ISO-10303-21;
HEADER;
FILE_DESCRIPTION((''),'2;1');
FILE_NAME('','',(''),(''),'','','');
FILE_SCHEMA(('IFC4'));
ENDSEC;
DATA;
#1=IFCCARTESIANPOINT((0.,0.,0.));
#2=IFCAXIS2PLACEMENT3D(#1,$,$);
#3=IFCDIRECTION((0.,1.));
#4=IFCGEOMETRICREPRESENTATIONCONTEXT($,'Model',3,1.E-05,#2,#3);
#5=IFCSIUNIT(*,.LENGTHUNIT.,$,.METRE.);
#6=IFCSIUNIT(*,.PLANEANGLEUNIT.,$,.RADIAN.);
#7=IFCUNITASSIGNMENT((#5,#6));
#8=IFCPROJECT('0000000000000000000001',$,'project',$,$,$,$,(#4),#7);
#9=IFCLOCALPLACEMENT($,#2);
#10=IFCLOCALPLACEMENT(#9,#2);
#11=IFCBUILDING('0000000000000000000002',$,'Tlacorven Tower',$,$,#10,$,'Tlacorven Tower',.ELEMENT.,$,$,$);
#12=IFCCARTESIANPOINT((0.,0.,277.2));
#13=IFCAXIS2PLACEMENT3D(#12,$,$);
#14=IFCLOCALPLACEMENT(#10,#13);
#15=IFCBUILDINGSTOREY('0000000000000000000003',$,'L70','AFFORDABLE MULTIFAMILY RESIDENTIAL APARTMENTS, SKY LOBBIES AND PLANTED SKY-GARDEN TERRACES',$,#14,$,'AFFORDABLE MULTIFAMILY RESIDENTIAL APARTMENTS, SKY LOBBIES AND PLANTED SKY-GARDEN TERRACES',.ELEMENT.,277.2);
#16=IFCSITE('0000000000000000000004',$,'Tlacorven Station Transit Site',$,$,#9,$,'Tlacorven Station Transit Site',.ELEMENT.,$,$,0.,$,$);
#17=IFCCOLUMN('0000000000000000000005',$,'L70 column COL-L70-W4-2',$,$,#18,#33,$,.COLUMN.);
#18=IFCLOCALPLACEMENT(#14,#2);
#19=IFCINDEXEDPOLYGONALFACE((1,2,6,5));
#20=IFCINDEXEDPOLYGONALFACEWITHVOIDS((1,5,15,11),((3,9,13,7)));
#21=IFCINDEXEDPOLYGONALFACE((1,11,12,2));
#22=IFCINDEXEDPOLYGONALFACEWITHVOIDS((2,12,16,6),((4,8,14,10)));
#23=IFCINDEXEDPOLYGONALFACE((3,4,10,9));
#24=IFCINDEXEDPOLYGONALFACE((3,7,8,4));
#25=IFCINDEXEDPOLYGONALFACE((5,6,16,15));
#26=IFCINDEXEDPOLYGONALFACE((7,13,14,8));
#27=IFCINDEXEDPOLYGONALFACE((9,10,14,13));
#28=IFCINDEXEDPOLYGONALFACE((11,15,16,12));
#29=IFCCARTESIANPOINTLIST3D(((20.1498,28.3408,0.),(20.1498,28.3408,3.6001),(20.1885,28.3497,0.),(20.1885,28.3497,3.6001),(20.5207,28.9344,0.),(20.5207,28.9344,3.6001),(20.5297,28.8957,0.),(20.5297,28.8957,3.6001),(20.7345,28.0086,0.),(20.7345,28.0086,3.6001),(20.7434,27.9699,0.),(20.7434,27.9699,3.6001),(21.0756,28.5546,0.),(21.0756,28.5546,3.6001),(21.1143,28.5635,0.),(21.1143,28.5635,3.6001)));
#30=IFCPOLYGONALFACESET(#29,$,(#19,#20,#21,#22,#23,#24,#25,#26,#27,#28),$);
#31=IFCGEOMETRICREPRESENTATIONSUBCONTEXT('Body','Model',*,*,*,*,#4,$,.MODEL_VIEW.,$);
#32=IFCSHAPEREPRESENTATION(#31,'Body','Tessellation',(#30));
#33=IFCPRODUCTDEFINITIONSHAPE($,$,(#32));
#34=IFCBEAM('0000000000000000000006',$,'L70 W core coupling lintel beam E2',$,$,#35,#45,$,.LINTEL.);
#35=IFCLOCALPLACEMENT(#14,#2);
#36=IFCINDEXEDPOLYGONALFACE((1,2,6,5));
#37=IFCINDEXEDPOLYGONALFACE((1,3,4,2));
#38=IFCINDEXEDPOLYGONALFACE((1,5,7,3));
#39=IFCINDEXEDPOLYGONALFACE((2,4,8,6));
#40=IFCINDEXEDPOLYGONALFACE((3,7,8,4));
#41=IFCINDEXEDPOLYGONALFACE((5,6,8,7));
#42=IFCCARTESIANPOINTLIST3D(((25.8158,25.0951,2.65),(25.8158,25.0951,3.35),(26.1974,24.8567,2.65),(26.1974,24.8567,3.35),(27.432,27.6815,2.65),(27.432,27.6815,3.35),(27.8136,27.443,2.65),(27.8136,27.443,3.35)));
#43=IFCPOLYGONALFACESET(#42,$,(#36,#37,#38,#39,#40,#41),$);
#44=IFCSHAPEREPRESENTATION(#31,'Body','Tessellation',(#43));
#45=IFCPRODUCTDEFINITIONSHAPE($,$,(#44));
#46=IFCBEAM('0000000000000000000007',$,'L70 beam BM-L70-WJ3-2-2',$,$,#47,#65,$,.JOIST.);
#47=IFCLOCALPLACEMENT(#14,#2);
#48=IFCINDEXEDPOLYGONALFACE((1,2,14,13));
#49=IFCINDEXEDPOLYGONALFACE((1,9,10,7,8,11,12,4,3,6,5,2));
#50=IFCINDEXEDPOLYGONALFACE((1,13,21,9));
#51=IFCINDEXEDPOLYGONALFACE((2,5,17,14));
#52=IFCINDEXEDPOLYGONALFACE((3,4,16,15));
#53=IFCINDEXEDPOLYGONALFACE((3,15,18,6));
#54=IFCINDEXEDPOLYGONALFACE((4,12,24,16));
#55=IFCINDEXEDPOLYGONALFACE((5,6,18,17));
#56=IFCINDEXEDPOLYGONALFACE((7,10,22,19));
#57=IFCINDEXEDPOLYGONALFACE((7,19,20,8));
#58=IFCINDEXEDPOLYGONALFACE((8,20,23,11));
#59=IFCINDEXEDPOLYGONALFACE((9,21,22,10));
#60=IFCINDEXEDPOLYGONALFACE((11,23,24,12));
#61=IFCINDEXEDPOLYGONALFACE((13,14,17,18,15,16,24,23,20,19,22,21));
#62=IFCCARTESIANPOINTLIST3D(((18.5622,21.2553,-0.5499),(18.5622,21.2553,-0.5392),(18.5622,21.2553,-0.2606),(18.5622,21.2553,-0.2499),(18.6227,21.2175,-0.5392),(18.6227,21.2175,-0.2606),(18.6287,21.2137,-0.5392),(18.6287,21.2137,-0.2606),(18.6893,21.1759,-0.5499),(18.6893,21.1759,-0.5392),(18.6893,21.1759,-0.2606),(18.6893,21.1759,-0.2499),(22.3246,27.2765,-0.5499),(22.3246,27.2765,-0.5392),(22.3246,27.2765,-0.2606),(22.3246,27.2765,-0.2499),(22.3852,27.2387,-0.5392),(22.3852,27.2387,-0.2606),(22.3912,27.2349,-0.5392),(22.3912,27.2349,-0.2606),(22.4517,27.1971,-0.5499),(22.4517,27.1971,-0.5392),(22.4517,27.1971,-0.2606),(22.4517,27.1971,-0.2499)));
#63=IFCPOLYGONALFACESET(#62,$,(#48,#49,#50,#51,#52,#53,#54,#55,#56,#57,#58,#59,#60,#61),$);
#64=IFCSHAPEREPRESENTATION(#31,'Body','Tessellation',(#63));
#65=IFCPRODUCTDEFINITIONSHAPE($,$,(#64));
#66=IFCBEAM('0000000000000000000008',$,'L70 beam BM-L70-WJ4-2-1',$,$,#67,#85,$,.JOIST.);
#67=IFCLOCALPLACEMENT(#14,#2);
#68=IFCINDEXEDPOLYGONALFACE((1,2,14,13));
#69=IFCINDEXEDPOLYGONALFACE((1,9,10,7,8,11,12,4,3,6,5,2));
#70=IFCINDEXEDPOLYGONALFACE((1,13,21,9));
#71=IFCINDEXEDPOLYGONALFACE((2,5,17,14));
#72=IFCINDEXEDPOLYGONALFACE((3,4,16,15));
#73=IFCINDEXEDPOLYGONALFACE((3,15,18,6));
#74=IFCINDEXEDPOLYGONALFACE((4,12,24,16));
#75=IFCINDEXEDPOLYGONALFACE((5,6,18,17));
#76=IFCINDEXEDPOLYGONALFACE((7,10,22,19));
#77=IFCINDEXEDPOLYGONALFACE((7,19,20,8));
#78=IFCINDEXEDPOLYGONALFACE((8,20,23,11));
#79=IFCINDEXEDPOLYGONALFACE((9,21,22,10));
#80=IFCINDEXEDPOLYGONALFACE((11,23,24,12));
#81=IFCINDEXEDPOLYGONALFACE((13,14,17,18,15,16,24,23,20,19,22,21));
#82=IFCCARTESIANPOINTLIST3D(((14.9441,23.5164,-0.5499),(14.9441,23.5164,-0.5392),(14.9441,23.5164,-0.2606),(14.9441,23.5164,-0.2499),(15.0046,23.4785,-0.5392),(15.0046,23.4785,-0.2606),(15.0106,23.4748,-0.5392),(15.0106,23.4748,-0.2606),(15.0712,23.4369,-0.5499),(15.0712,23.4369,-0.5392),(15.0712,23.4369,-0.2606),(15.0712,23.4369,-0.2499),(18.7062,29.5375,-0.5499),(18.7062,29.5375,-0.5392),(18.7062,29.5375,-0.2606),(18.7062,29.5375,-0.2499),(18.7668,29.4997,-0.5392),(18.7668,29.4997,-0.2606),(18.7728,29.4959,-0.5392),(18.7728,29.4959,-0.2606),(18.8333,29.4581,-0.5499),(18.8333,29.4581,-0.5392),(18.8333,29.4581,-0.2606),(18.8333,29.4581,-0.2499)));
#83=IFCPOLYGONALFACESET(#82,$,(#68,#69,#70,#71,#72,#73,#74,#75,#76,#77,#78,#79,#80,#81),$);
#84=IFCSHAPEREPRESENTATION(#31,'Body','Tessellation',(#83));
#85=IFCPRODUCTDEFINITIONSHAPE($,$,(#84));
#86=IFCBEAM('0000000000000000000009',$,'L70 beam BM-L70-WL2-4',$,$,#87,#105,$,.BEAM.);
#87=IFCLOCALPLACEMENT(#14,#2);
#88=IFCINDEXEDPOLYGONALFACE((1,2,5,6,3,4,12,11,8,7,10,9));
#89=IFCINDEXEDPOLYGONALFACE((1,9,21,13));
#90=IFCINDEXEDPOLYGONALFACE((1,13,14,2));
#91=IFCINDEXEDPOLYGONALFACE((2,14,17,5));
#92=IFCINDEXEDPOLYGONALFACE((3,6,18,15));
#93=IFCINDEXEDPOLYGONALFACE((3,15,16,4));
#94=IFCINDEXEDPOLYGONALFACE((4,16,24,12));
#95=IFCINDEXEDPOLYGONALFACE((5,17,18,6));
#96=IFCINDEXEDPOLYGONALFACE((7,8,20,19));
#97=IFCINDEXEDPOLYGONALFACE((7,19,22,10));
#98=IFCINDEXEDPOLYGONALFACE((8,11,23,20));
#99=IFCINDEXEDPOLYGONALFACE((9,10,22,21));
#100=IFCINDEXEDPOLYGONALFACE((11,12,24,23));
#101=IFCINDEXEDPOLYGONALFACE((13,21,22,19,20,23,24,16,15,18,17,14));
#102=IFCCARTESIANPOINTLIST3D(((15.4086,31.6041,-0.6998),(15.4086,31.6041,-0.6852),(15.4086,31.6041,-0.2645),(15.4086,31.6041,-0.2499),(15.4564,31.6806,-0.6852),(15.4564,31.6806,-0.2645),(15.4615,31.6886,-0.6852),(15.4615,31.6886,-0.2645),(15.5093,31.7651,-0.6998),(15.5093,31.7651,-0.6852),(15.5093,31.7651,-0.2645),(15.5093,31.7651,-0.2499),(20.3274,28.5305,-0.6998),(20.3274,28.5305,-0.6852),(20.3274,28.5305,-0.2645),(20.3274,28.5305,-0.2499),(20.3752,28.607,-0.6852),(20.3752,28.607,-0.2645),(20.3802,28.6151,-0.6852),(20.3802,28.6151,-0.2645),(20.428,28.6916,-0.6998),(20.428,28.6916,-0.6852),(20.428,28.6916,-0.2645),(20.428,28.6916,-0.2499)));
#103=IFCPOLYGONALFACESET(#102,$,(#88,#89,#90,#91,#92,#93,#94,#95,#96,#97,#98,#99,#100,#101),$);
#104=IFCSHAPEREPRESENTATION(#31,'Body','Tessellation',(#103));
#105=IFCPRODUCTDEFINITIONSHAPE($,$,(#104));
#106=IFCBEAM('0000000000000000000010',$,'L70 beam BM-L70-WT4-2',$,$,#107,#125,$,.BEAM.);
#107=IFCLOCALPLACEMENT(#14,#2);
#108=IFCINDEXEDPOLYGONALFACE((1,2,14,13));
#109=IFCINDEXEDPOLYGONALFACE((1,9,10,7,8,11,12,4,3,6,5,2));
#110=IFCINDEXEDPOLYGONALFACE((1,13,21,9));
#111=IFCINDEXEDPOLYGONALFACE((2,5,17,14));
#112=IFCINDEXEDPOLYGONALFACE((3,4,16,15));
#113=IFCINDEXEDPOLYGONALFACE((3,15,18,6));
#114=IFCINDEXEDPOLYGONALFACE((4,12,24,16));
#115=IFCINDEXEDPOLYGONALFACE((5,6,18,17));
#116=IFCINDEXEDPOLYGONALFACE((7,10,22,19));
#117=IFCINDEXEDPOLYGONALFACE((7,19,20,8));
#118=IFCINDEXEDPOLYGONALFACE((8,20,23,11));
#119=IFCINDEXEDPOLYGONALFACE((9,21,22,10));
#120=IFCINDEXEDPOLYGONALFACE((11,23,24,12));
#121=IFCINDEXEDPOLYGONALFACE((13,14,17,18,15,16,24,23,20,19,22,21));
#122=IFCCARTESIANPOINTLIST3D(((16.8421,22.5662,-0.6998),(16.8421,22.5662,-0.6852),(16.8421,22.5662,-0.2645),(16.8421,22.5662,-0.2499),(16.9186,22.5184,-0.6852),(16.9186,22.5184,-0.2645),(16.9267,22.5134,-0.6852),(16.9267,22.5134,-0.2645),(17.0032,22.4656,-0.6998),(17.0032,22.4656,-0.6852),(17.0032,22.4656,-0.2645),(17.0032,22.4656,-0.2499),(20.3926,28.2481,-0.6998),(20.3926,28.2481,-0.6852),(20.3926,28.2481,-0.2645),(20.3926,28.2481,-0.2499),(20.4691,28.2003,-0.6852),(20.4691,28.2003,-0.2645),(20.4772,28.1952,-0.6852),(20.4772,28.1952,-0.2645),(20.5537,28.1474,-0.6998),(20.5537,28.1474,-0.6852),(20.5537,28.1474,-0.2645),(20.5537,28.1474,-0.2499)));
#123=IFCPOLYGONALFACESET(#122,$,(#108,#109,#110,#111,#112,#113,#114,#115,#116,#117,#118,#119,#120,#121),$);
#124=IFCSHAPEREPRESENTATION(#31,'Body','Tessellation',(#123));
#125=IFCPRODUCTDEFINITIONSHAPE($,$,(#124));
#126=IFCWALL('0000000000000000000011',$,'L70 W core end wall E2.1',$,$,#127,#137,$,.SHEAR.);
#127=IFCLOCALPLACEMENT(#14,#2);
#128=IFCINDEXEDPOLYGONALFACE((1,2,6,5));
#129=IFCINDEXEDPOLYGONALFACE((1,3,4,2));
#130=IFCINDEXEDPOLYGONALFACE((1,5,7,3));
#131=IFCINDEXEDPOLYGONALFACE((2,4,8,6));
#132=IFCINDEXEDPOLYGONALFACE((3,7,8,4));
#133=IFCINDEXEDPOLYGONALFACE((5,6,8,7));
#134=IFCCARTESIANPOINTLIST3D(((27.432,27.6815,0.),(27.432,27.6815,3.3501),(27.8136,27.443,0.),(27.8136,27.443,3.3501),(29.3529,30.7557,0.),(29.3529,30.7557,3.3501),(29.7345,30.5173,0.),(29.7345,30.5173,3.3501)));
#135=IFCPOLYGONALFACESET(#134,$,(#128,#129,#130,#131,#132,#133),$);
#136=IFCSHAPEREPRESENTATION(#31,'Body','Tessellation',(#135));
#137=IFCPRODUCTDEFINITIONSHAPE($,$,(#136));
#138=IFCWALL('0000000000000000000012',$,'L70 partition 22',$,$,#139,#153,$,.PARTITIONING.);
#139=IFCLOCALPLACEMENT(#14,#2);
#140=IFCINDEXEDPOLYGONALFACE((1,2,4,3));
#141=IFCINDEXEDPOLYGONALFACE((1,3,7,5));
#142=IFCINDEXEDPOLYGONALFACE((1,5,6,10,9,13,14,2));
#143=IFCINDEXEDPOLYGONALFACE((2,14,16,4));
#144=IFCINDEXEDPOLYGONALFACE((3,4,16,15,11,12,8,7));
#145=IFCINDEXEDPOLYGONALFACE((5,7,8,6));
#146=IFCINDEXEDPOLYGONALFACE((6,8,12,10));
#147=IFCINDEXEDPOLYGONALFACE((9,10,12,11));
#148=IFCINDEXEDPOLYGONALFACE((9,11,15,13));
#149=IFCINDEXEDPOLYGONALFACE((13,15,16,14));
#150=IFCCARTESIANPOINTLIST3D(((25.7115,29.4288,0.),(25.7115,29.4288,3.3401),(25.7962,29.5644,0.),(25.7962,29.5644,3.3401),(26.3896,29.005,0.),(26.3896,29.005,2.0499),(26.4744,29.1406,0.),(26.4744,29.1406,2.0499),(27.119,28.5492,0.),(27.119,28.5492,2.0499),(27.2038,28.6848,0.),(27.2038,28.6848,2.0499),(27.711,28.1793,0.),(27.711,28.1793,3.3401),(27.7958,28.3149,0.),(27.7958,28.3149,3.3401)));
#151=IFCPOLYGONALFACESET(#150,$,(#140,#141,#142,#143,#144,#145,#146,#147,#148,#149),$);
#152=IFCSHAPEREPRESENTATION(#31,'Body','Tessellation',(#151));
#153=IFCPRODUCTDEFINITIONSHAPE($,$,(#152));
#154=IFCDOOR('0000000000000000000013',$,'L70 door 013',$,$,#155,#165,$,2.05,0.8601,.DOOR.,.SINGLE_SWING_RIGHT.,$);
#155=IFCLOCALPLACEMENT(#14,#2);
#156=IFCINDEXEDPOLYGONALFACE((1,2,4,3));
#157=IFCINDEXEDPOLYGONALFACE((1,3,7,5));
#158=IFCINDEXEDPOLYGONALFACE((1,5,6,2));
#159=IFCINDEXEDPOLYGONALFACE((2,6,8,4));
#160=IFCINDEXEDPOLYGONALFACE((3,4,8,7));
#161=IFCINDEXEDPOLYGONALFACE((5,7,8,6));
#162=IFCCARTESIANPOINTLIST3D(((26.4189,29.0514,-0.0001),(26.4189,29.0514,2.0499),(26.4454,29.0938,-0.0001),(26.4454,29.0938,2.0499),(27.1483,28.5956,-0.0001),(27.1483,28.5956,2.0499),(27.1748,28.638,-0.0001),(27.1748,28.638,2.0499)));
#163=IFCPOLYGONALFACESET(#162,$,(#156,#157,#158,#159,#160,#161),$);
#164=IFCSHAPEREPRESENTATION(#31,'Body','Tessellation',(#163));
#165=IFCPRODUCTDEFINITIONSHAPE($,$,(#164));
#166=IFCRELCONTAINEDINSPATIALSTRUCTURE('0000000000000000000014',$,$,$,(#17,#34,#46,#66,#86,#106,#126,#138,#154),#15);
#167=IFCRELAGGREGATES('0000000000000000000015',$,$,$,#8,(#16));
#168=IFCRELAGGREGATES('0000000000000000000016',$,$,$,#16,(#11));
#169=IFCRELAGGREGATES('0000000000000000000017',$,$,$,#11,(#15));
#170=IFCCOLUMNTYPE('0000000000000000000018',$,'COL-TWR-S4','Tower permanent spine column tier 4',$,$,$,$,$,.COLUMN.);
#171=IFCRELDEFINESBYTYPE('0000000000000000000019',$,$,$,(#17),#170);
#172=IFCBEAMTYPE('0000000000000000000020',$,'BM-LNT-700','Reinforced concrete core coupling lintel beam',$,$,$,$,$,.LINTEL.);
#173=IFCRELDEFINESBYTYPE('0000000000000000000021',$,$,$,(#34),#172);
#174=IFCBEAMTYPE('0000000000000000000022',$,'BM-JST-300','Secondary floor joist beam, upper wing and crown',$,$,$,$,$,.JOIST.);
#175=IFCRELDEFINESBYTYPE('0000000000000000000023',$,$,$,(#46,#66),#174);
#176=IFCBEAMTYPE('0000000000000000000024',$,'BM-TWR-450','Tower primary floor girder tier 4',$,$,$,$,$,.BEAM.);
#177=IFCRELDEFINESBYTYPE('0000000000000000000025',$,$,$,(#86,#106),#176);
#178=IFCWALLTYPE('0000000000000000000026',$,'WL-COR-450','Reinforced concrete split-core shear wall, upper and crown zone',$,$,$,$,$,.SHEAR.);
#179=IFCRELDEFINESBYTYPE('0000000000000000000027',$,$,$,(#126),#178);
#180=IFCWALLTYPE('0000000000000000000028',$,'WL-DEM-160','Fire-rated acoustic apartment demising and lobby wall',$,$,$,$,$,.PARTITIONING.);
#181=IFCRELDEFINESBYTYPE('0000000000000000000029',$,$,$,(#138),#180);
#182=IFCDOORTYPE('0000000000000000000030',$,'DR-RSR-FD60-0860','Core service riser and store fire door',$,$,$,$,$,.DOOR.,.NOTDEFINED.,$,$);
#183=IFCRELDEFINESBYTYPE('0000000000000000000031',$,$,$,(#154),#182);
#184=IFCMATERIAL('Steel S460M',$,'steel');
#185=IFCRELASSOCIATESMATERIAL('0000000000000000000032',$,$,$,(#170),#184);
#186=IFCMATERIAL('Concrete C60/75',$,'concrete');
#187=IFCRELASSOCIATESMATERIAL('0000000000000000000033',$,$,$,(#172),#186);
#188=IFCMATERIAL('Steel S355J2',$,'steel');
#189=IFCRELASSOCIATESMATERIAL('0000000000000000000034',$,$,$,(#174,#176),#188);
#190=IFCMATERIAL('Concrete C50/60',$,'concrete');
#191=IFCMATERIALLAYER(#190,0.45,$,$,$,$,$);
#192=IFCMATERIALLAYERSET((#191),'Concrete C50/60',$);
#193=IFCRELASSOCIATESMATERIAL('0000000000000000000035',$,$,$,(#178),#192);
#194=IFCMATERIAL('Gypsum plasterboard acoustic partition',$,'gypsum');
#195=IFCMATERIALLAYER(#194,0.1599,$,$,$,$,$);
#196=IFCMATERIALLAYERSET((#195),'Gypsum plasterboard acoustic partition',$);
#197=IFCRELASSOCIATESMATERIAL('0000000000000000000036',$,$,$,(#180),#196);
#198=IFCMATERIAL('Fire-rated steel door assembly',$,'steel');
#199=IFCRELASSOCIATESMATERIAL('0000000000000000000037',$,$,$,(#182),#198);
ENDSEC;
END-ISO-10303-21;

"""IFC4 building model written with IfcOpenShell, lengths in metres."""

from ifc_helpers import new_model, si_unit, direction, frame, frame_2d, origin, origin_2d, place, context, subcontext, project, spatial, rectangle, hollow_rectangle, i_section, extrude, source, transform, mapped, material, layer, layer_set, material_profile, profile_set, type_object, element, fill, save


model = new_model("IFC4")

# Units and contexts
model_context = context("Model", 3, precision=1e-05, world=origin(), true_north=direction((0.0, 1.0)))
body_context = subcontext(model_context, "Body", "Model", "MODEL_VIEW")
ifc_project = project(units=[si_unit("LENGTHUNIT", "METRE"), si_unit("PLANEANGLEUNIT", "RADIAN")], contexts=[model_context])

# Site, building, storey
site_placement = place(None, origin())
site = spatial("IfcSite", under=ifc_project, at=site_placement, Name="Tlacorven Station Transit Site", LongName="Tlacorven Station Transit Site", CompositionType="ELEMENT", RefElevation=0.0)
building_placement = place(site_placement, origin())
building = spatial("IfcBuilding", under=site, at=building_placement, Name="Tlacorven Tower", LongName="Tlacorven Tower", CompositionType="ELEMENT")
storey_placement = place(building_placement, frame((0.0, 0.0, 277.2)))
storey = spatial("IfcBuildingStorey", under=building, at=storey_placement, Name="L70", Description="AFFORDABLE MULTIFAMILY RESIDENTIAL APARTMENTS, SKY LOBBIES AND PLANTED SKY-GARDEN TERRACES", LongName="AFFORDABLE MULTIFAMILY RESIDENTIAL APARTMENTS, SKY LOBBIES AND PLANTED SKY-GARDEN TERRACES", CompositionType="ELEMENT", Elevation=277.2)

# Column
ifc_material_1 = material(Name="Steel S460M", Category="steel")
ifc_material_profile_1 = material_profile(ifc_material_1, hollow_rectangle(XDim=0.7, YDim=0.7, WallThickness=0.0281, at=origin_2d()), Name="BOX 700X700X28")
ifc_profile_set_1 = profile_set([ifc_material_profile_1], Name="Steel S460M")
column_type = type_object("IfcColumnType", Name="COL-TWR-S4", Description="Tower permanent spine column tier 4", PredefinedType="COLUMN", material=ifc_profile_set_1)
shared_shape_1 = source(origin(), body_context, "Body", "SweptSolid", [
    extrude(hollow_rectangle(XDim=0.7, YDim=0.7, WallThickness=0.0281, at=origin_2d()), origin(), (0.0, 0.0, 1.0), 3.6001),
])
column_placement = place(storey_placement, frame((20.6321, 28.4521, 0.0), z_axis=(0.0, 0.0, 1.0), x_axis=(-0.848048, 0.529919, 0.0)))
element("IfcColumn", 1, at=column_placement, inside=storey, type_object=column_type, Name="L70 column COL-L70-W4-2", PredefinedType="COLUMN", context=body_context, shape_type="MappedRepresentation", body=[
    mapped(shared_shape_1, transform((0.0, 0.0, 0.0), scale=1.0)),
])

# Beams
ifc_material_2 = material(Name="Concrete C60/75", Category="concrete")
ifc_material_profile_2 = material_profile(ifc_material_2, rectangle(XDim=0.45, YDim=0.7, at=origin_2d()), Name="RC 450X700")
ifc_profile_set_2 = profile_set([ifc_material_profile_2], Name="Concrete C60/75")
beam_type_1 = type_object("IfcBeamType", Name="BM-LNT-700", Description="Reinforced concrete core coupling lintel beam", PredefinedType="LINTEL", material=ifc_profile_set_2)
shared_shape_2 = source(origin(), body_context, "Body", "SweptSolid", [
    extrude(rectangle(XDim=0.45, YDim=0.7, at=origin_2d()), origin(), (0.0, 0.0, 1.0), 3.0498),
])
beam_1_placement = place(storey_placement, frame((27.6228, 27.5623, 3.0), z_axis=(-0.529927, -0.848043, 0.0), x_axis=(0.848043, -0.529927, 0.0)))
element("IfcBeam", 2, at=beam_1_placement, inside=storey, type_object=beam_type_1, Name="L70 W core coupling lintel beam E2", PredefinedType="LINTEL", context=body_context, shape_type="MappedRepresentation", body=[
    mapped(shared_shape_2, transform((0.0, 0.0, 0.0), scale=1.0)),
])
ifc_material_3 = material(Name="Steel S355J2", Category="steel")
ifc_material_profile_3 = material_profile(ifc_material_3, i_section(OverallWidth=0.1499, OverallDepth=0.3, WebThickness=0.0071, FlangeThickness=0.0107, at=origin_2d()), Name="IPE 300")
ifc_profile_set_3 = profile_set([ifc_material_profile_3], Name="Steel S355J2")
beam_type_2 = type_object("IfcBeamType", Name="BM-JST-300", Description="Secondary floor joist beam, upper wing and crown", PredefinedType="JOIST", material=ifc_profile_set_3)
shared_shape_3 = source(origin(), body_context, "Body", "SweptSolid", [
    extrude(i_section(OverallWidth=0.1499, OverallDepth=0.3, WebThickness=0.0071, FlangeThickness=0.0107, at=origin_2d()), origin(), (0.0, 0.0, 1.0), 7.1001),
])
beam_2_placement = place(storey_placement, frame((22.3882, 27.2368, -0.3999), z_axis=(-0.529915, -0.84805, 0.0), x_axis=(0.84805, -0.529915, 0.0)))
element("IfcBeam", 3, at=beam_2_placement, inside=storey, type_object=beam_type_2, Name="L70 beam BM-L70-WJ3-2-2", PredefinedType="JOIST", context=body_context, shape_type="MappedRepresentation", body=[
    mapped(shared_shape_3, transform((0.0, 0.0, 0.0), scale=1.0)),
])
shared_shape_4 = source(origin(), body_context, "Body", "SweptSolid", [
    extrude(i_section(OverallWidth=0.1499, OverallDepth=0.3, WebThickness=0.0071, FlangeThickness=0.0107, at=origin_2d()), origin(), (0.0, 0.0, 1.0), 7.0999),
])
beam_3_placement = place(storey_placement, frame((18.7698, 29.4978, -0.3999), z_axis=(-0.529891, -0.848066, 0.0), x_axis=(0.848066, -0.529891, 0.0)))
element("IfcBeam", 4, at=beam_3_placement, inside=storey, type_object=beam_type_2, Name="L70 beam BM-L70-WJ4-2-1", PredefinedType="JOIST", context=body_context, shape_type="MappedRepresentation", body=[
    mapped(shared_shape_4, transform((0.0, 0.0, 0.0), scale=1.0)),
])
ifc_material_profile_4 = material_profile(ifc_material_3, i_section(OverallWidth=0.1899, OverallDepth=0.45, WebThickness=0.0095, FlangeThickness=0.0146, at=origin_2d()), Name="IPE 450")
ifc_profile_set_4 = profile_set([ifc_material_profile_4], Name="Steel S355J2")
beam_type_3 = type_object("IfcBeamType", Name="BM-TWR-450", Description="Tower primary floor girder tier 4", PredefinedType="BEAM", material=ifc_profile_set_4)
shared_shape_5 = source(origin(), body_context, "Body", "SweptSolid", [
    extrude(i_section(OverallWidth=0.1899, OverallDepth=0.45, WebThickness=0.0095, FlangeThickness=0.0146, at=origin_2d()), origin(), (0.0, 0.0, 1.0), 5.8),
])
beam_4_placement = place(storey_placement, frame((20.3777, 28.6111, -0.4749), z_axis=(-0.848053, 0.529912, 0.0), x_axis=(-0.529912, -0.848053, 0.0)))
element("IfcBeam", 5, at=beam_4_placement, inside=storey, type_object=beam_type_3, Name="L70 beam BM-L70-WL2-4", PredefinedType="BEAM", context=body_context, shape_type="MappedRepresentation", body=[
    mapped(shared_shape_5, transform((0.0, 0.0, 0.0), scale=1.0)),
])
shared_shape_6 = source(origin(), body_context, "Body", "SweptSolid", [
    extrude(i_section(OverallWidth=0.1899, OverallDepth=0.45, WebThickness=0.0095, FlangeThickness=0.0146, at=origin_2d()), origin(), (0.0, 0.0, 1.0), 6.7),
])
beam_5_placement = place(storey_placement, frame((20.4731, 28.1978, -0.4749), z_axis=(-0.52993, -0.848041, 0.0), x_axis=(0.848041, -0.52993, 0.0)))
element("IfcBeam", 6, at=beam_5_placement, inside=storey, type_object=beam_type_3, Name="L70 beam BM-L70-WT4-2", PredefinedType="BEAM", context=body_context, shape_type="MappedRepresentation", body=[
    mapped(shared_shape_6, transform((0.0, 0.0, 0.0), scale=1.0)),
])

# Wall
ifc_material_4 = material(Name="Concrete C50/60", Category="concrete")
ifc_layer_1 = layer(ifc_material_4, 0.45)
ifc_layer_set_1 = layer_set([ifc_layer_1], Name="Concrete C50/60")
wall_type_1 = type_object("IfcWallType", Name="WL-COR-450", Description="Reinforced concrete split-core shear wall, upper and crown zone", PredefinedType="SHEAR", material=ifc_layer_set_1)
wall_1_placement = place(storey_placement, frame((29.5437, 30.6365, 0.0), z_axis=(0.0, 0.0, 1.0), x_axis=(-0.529902, -0.848059, 0.0)))
element("IfcWall", 7, at=wall_1_placement, inside=storey, type_object=wall_type_1, Name="L70 W core end wall E2.1", PredefinedType="SHEAR", context=body_context, shape_type="SweptSolid", body=[
    extrude(rectangle(XDim=3.625, YDim=0.45, at=frame_2d((1.8125, 0.0))), origin(), (0.0, 0.0, 1.0), 3.3501),
])

# Wall, opening, door
ifc_material_5 = material(Name="Gypsum plasterboard acoustic partition", Category="gypsum")
ifc_layer_2 = layer(ifc_material_5, 0.1599)
ifc_layer_set_2 = layer_set([ifc_layer_2], Name="Gypsum plasterboard acoustic partition")
wall_type_2 = type_object("IfcWallType", Name="WL-DEM-160", Description="Fire-rated acoustic apartment demising and lobby wall", PredefinedType="PARTITIONING", material=ifc_layer_set_2)
wall_2_placement = place(storey_placement, frame((27.7534, 28.2471, 0.0), z_axis=(0.0, 0.0, 1.0), x_axis=(-0.848033, 0.529943, 0.0)))
wall_2 = element("IfcWall", 8, at=wall_2_placement, inside=storey, type_object=wall_type_2, Name="L70 partition 22", PredefinedType="PARTITIONING", context=body_context, shape_type="SweptSolid", body=[
    extrude(rectangle(XDim=2.3579, YDim=0.1599, at=frame_2d((1.179, 0.0))), origin(), (0.0, 0.0, 1.0), 3.3401),
])
opening_1_placement = place(wall_2_placement, frame((0.698, 0.0, 0.0)))
opening_1 = element("IfcOpeningElement", 9, at=opening_1_placement, cuts=wall_2, PredefinedType="OPENING", context=body_context, shape_type="SweptSolid", body=[
    extrude(rectangle(XDim=0.8601, YDim=2.05, at=frame_2d((0.4302, 1.0249))), frame((0.0, 0.0898, 0.0), z_axis=(0.0, -1.0, 0.0), x_axis=(1.0, 0.0, 0.0)), (0.0, 0.0, 1.0), 0.1799),
])
ifc_material_6 = material(Name="Fire-rated steel door assembly", Category="steel")
door_type_1 = type_object("IfcDoorType", Name="DR-RSR-FD60-0860", Description="Core service riser and store fire door", OperationType="NOTDEFINED", PredefinedType="DOOR", material=ifc_material_6)
shared_shape_7 = source(origin(), body_context, "Body", "SweptSolid", [
    extrude(rectangle(XDim=0.8601, YDim=2.05, at=frame_2d((0.4302, 1.0249))), frame((0.0, 0.0249, 0.0), z_axis=(0.0, -1.0, 0.0), x_axis=(1.0, 0.0, 0.0)), (0.0, 0.0, 1.0), 0.05),
])
door_1_placement = place(opening_1_placement, frame((0.8601, 0.0, 0.0), z_axis=(0.0, 0.0, 1.0), x_axis=(-1.0, 0.0, 0.0)))
door_1 = element("IfcDoor", 10, at=door_1_placement, inside=storey, type_object=door_type_1, Name="L70 door 013", OperationType="SINGLE_SWING_RIGHT", OverallHeight=2.05, OverallWidth=0.8601, PredefinedType="DOOR", context=body_context, shape_type="MappedRepresentation", body=[
    mapped(shared_shape_7, transform((0.0, 0.0, 0.0), scale=1.0)),
])
fill(opening_1, door_1)

save(model, "model.ifc")
